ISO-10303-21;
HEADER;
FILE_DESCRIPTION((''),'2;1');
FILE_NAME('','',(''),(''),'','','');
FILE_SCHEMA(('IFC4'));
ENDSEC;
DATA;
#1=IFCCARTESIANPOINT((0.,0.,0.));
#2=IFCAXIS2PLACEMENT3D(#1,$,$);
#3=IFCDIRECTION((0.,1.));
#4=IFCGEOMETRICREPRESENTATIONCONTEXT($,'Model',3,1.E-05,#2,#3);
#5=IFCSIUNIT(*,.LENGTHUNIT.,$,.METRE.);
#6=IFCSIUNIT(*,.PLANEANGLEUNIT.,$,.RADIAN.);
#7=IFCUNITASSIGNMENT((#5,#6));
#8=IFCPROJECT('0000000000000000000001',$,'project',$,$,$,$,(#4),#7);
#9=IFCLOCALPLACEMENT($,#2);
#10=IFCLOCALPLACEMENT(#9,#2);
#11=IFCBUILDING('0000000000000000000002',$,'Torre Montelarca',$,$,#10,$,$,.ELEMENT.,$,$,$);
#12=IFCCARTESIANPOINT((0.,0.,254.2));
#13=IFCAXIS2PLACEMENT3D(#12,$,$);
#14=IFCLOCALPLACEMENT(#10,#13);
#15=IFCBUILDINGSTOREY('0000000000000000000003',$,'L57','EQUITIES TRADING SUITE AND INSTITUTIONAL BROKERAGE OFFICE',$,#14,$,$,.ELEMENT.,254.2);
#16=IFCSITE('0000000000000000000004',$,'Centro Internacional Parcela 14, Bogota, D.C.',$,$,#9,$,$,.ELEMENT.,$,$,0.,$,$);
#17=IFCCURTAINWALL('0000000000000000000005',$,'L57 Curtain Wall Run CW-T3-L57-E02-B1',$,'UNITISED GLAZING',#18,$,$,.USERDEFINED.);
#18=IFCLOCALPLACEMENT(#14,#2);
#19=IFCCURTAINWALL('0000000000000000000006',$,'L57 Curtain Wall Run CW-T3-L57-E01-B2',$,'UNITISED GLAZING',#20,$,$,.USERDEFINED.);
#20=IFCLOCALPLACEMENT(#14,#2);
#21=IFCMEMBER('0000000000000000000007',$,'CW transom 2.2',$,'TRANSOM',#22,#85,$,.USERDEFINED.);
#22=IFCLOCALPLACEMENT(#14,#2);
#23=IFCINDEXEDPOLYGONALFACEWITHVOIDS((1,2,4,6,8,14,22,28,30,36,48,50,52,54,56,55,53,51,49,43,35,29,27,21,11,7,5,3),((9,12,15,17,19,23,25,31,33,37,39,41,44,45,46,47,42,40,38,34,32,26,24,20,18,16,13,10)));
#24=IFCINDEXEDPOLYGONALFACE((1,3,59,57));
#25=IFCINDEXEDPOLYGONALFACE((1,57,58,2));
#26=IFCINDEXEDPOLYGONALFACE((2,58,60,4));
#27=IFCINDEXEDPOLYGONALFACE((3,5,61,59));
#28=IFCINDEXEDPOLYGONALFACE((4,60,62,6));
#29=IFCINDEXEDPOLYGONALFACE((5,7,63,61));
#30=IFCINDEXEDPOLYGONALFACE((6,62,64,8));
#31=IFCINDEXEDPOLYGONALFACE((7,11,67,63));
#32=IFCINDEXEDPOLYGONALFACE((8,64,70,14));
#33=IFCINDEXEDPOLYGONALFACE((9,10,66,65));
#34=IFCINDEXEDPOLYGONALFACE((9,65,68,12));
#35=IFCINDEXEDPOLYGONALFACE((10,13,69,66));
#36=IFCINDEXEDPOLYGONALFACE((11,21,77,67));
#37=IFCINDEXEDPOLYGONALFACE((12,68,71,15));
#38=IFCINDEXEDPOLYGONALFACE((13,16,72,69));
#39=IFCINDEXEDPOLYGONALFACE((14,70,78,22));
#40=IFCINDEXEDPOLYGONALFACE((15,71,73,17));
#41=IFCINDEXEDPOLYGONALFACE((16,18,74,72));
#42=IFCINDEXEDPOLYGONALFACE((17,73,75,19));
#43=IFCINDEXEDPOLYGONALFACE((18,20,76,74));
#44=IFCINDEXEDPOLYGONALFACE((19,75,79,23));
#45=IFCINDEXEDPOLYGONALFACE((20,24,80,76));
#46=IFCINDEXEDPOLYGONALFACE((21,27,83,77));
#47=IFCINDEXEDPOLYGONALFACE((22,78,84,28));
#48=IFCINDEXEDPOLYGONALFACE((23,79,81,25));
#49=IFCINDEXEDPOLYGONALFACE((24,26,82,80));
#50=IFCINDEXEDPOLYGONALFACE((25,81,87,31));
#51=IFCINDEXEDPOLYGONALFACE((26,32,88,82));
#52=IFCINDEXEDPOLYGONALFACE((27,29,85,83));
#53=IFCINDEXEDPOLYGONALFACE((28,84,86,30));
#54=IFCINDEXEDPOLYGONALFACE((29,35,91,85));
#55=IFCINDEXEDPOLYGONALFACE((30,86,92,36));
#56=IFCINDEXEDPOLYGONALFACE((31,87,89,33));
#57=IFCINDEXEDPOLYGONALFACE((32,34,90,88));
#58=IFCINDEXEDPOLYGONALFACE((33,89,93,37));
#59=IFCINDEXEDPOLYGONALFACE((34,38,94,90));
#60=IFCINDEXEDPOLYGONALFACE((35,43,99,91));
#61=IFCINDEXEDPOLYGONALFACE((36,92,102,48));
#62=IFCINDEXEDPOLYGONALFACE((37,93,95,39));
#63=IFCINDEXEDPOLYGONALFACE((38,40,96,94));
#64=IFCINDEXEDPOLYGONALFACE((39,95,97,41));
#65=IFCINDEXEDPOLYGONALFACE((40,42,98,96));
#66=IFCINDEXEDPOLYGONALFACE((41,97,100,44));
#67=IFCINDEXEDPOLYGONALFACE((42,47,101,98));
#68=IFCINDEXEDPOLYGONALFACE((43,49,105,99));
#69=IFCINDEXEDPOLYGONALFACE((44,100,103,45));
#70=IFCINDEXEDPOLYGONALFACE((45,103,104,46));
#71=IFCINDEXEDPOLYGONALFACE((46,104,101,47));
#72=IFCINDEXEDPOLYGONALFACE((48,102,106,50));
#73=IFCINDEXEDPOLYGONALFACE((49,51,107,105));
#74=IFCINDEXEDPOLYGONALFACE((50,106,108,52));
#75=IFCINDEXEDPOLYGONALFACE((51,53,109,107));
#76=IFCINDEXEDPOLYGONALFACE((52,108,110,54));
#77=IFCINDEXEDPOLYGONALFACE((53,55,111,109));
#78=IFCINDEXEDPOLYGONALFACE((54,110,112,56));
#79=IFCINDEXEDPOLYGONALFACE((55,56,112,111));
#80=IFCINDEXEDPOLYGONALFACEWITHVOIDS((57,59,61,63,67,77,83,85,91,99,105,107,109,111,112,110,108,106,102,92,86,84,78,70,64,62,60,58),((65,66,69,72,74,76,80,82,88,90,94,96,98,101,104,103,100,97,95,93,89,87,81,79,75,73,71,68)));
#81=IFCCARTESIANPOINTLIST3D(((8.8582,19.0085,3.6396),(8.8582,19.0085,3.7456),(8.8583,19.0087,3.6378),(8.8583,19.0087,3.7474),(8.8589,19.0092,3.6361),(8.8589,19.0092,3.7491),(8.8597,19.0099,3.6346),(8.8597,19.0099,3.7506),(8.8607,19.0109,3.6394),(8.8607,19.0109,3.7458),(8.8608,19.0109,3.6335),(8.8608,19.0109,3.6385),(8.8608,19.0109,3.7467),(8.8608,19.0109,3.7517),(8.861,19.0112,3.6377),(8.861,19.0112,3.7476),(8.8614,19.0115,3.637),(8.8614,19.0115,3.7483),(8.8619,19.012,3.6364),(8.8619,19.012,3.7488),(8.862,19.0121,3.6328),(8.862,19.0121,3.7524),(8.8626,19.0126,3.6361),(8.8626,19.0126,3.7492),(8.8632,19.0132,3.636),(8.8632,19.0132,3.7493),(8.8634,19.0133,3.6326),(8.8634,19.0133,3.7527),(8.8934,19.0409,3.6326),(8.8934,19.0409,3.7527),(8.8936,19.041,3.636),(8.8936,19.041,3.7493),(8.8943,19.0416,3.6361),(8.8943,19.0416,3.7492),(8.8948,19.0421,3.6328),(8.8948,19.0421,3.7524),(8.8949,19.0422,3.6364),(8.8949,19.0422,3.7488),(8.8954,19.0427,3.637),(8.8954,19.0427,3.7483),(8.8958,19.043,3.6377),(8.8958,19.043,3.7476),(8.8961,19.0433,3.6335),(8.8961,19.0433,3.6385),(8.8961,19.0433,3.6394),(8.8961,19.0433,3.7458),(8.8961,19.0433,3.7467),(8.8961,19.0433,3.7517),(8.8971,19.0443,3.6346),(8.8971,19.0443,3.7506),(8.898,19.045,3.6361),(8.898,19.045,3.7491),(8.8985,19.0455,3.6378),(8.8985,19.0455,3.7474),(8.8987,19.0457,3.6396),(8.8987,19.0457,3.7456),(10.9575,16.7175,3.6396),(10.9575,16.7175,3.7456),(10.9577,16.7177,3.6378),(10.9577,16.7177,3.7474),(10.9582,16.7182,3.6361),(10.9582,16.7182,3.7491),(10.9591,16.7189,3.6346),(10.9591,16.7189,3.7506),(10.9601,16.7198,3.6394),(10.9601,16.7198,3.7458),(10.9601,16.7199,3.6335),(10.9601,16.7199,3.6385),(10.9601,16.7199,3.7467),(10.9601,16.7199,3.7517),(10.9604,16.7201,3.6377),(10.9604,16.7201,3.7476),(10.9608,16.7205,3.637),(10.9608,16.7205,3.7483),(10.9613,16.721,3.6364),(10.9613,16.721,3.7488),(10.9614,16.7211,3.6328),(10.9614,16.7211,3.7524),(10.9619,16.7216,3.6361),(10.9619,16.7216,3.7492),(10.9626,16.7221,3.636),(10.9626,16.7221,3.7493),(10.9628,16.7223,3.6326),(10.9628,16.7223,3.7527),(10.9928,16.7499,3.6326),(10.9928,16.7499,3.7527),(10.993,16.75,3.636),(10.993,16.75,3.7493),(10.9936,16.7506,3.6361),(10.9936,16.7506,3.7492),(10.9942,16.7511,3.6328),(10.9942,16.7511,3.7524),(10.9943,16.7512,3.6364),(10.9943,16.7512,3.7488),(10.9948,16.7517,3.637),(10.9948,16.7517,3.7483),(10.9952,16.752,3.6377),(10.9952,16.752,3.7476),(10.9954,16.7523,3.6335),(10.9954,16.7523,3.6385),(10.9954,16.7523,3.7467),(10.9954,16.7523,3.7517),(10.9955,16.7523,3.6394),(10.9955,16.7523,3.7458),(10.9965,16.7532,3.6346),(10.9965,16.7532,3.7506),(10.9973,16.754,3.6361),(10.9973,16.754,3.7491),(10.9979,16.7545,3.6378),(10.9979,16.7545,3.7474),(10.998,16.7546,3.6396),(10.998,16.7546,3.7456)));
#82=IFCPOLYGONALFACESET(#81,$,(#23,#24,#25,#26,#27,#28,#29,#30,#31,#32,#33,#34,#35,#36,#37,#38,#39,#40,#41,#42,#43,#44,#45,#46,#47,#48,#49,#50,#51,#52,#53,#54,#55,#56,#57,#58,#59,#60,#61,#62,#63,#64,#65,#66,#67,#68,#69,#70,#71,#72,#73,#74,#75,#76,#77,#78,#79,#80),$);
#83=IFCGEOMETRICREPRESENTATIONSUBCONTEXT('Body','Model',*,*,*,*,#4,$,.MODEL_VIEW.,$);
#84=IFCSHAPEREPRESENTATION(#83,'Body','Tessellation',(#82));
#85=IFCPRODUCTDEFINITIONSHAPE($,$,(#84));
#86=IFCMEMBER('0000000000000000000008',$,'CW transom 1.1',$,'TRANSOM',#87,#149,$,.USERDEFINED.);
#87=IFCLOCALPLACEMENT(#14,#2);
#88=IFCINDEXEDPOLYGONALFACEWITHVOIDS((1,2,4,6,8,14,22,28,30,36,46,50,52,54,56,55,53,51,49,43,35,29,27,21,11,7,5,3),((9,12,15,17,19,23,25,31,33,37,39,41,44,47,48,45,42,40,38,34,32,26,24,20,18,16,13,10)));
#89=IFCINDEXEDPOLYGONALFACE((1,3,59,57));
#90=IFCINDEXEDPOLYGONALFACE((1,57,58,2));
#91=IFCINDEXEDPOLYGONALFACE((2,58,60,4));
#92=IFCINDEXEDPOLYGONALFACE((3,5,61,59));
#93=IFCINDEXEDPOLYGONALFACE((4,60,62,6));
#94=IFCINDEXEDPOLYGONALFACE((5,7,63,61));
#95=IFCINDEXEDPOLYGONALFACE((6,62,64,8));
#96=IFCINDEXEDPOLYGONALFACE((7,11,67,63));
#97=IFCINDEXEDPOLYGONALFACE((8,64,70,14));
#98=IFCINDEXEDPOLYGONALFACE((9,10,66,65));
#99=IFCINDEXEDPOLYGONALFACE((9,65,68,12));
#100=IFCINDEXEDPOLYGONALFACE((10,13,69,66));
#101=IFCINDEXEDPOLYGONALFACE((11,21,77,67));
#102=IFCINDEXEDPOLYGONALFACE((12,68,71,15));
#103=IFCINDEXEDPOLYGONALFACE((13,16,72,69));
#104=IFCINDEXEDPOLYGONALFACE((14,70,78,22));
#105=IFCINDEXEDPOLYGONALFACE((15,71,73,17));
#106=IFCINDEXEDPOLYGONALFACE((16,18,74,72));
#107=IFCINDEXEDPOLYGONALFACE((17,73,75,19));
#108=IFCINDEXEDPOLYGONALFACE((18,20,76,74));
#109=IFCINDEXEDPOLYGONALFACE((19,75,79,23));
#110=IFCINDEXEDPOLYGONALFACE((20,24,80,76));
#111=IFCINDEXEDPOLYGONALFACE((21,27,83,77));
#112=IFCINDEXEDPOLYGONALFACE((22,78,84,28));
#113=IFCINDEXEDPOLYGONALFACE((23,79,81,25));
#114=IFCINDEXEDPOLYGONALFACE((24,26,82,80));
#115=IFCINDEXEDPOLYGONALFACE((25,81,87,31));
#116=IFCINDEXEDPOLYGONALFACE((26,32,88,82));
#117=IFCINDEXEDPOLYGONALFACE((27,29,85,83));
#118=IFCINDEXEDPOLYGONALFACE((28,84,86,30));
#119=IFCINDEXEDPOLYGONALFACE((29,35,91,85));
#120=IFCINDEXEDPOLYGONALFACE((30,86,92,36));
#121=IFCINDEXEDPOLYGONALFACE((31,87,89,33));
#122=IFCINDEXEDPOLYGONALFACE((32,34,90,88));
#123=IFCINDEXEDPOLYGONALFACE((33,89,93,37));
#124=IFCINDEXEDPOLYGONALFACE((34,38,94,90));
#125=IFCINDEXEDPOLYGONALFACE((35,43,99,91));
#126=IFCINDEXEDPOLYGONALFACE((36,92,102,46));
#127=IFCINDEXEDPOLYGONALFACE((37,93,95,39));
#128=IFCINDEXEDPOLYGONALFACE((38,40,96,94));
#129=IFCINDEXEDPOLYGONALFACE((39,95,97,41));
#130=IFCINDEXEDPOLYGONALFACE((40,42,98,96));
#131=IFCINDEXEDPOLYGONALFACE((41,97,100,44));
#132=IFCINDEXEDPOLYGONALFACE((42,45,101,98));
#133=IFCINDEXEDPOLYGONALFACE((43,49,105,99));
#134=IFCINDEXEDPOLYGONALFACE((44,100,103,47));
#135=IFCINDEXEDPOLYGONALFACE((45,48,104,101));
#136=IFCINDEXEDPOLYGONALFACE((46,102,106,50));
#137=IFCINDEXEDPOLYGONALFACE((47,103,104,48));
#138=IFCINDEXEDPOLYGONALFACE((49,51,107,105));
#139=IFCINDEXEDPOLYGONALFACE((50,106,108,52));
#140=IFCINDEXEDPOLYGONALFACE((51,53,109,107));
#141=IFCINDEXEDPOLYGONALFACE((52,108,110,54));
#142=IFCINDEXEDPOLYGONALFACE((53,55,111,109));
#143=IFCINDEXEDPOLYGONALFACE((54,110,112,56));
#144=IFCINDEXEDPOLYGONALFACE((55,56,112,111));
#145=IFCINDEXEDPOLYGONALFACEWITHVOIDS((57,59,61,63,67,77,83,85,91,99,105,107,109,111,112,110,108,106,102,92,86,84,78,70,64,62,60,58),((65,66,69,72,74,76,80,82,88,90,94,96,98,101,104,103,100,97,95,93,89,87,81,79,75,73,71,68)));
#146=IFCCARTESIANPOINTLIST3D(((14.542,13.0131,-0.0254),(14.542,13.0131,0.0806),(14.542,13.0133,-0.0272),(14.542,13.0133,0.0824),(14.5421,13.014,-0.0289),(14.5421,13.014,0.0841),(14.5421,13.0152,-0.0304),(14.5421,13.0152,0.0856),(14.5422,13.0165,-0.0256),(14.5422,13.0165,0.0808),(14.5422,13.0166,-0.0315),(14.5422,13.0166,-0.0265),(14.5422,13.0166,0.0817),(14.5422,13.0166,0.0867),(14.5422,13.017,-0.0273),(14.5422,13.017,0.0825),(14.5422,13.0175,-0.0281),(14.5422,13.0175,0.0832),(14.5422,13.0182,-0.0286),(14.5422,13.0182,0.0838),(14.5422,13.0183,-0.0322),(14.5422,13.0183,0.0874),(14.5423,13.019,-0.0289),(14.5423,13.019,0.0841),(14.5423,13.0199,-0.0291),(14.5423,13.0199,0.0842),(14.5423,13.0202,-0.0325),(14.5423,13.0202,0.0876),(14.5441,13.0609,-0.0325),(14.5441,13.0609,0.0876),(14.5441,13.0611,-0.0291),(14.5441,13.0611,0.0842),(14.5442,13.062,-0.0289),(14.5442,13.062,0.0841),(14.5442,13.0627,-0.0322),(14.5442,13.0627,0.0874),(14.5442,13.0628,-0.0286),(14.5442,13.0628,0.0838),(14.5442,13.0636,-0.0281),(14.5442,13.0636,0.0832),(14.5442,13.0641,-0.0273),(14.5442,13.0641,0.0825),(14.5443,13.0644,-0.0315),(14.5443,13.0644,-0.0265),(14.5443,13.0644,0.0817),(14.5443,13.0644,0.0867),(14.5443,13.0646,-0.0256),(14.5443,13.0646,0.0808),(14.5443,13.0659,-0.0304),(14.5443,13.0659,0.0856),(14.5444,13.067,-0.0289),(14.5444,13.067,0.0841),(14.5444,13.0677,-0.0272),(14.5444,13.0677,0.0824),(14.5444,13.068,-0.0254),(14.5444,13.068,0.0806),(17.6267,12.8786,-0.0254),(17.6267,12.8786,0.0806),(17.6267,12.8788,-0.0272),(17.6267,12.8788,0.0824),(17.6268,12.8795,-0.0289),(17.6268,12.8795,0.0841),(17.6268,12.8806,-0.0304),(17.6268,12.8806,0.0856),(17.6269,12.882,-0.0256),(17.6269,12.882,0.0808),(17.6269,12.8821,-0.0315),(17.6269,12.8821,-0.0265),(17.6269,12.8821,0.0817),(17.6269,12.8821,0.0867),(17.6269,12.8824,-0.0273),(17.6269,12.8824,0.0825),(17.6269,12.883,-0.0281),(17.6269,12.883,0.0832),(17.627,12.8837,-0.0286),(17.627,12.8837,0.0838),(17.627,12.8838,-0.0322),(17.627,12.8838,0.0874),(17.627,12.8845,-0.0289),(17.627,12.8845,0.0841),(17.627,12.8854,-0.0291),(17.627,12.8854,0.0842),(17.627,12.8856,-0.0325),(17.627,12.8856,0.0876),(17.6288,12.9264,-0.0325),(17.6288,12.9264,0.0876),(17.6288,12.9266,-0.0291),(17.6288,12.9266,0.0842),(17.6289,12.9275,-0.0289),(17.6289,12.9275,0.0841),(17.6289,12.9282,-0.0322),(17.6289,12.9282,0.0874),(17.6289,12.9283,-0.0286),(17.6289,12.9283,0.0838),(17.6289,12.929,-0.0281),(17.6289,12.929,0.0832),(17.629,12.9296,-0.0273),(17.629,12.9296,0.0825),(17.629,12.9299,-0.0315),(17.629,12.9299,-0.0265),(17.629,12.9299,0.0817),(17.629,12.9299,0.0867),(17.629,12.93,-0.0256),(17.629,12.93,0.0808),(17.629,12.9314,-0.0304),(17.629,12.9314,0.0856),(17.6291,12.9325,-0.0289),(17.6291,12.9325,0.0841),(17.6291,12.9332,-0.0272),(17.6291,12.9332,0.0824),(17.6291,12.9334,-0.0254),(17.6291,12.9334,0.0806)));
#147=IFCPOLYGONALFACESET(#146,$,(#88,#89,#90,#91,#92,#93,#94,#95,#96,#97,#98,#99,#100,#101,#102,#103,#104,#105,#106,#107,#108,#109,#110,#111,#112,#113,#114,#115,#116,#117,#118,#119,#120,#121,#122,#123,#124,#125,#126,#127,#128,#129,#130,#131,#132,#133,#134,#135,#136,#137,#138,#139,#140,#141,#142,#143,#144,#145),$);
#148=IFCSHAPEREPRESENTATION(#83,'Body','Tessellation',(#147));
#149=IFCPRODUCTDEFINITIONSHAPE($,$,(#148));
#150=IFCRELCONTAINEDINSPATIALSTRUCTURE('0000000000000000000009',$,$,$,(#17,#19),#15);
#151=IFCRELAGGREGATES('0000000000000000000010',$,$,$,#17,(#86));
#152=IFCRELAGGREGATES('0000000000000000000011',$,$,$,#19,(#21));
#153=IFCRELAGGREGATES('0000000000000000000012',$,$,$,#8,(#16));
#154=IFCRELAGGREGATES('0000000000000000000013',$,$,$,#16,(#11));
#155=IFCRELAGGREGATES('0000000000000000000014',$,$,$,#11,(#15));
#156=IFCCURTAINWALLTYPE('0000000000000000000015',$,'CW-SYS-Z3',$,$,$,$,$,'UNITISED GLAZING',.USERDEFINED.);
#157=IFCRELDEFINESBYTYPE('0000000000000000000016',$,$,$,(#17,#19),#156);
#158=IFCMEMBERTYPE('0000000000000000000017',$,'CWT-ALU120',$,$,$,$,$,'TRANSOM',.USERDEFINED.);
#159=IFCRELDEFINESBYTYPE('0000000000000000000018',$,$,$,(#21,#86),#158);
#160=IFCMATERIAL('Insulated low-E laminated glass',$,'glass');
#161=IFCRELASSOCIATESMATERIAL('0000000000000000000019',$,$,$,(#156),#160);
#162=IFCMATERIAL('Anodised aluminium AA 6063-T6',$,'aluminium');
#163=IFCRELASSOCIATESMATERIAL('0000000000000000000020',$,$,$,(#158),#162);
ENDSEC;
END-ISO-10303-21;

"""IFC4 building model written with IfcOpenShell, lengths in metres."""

from ifc_helpers import new_model, si_unit, direction, frame, origin, origin_2d, place, context, subcontext, project, spatial, hollow_rectangle, extrude, source, transform, mapped, material, material_profile, profile_set, type_object, element, aggregate, save


model = new_model("IFC4")

# Units and contexts
model_context = context("Model", 3, precision=1e-05, world=origin(), true_north=direction((0.0, 1.0)))
body_context = subcontext(model_context, "Body", "Model", "MODEL_VIEW")
ifc_project = project(units=[si_unit("LENGTHUNIT", "METRE"), si_unit("PLANEANGLEUNIT", "RADIAN")], contexts=[model_context])

# Site, building, storey
site_placement = place(None, origin())
site = spatial("IfcSite", under=ifc_project, at=site_placement, Name="Centro Internacional Parcela 14, Bogota, D.C.", CompositionType="ELEMENT", RefElevation=0.0)
building_placement = place(site_placement, origin())
building = spatial("IfcBuilding", under=site, at=building_placement, Name="Torre Montelarca", CompositionType="ELEMENT")
storey_placement = place(building_placement, frame((0.0, 0.0, 254.2)))
storey = spatial("IfcBuildingStorey", under=building, at=storey_placement, Name="L57", Description="EQUITIES TRADING SUITE AND INSTITUTIONAL BROKERAGE OFFICE", CompositionType="ELEMENT", Elevation=254.2)

# Curtain wall
ifc_material_1 = material(Name="Insulated low-E laminated glass", Category="glass")
curtain_wall_type = type_object("IfcCurtainWallType", Name="CW-SYS-Z3", ElementType="UNITISED GLAZING", PredefinedType="USERDEFINED", material=ifc_material_1)
curtain_wall_1_placement = place(storey_placement, origin())
curtain_wall_1 = element("IfcCurtainWall", 1, at=curtain_wall_1_placement, inside=storey, type_object=curtain_wall_type, Name="L57 Curtain Wall Run CW-T3-L57-E02-B1", ObjectType="UNITISED GLAZING", PredefinedType="USERDEFINED")
ifc_material_2 = material(Name="Anodised aluminium AA 6063-T6", Category="aluminium")
ifc_material_profile_1 = material_profile(ifc_material_2, hollow_rectangle(XDim=0.0549, YDim=0.1201, WallThickness=0.0034, InnerFilletRadius=0.0034, OuterFilletRadius=0.0071, at=origin_2d()), Name="ALU55X120X3.5", Category="aluminium")
ifc_profile_set_1 = profile_set([ifc_material_profile_1], Name="Anodised aluminium AA 6063-T6")
member_type_1 = type_object("IfcMemberType", Name="CWT-ALU120", ElementType="TRANSOM", PredefinedType="USERDEFINED", material=ifc_profile_set_1)

# Curtain wall
curtain_wall_2_placement = place(storey_placement, origin())
curtain_wall_2 = element("IfcCurtainWall", 2, at=curtain_wall_2_placement, inside=storey, type_object=curtain_wall_type, Name="L57 Curtain Wall Run CW-T3-L57-E01-B2", ObjectType="UNITISED GLAZING", PredefinedType="USERDEFINED")

# Members
shared_shape_1 = source(origin(), body_context, "Body", "SweptSolid", [
    extrude(hollow_rectangle(XDim=0.0549, YDim=0.1201, WallThickness=0.0034, InnerFilletRadius=0.0034, OuterFilletRadius=0.0071, at=origin_2d()), origin(), (0.0, 0.0, 1.0), 3.1074),
])
member_1_placement = place(storey_placement, frame((8.8784, 19.0271, 3.6926), z_axis=(0.675597, -0.737272, 0.0), x_axis=(0.737272, 0.675597, 0.0)))
member_1 = element("IfcMember", 3, at=member_1_placement, type_object=member_type_1, Name="CW transom 2.2", ObjectType="TRANSOM", PredefinedType="USERDEFINED", context=body_context, shape_type="MappedRepresentation", body=[
    mapped(shared_shape_1, transform((0.0, 0.0, 0.0), scale=1.0)),
])
shared_shape_2 = source(origin(), body_context, "Body", "SweptSolid", [
    extrude(hollow_rectangle(XDim=0.0549, YDim=0.1201, WallThickness=0.0034, InnerFilletRadius=0.0034, OuterFilletRadius=0.0071, at=origin_2d()), origin(), (0.0, 0.0, 1.0), 3.0876),
])
member_2_placement = place(storey_placement, frame((14.5432, 13.0405, 0.0276), z_axis=(0.99905, -0.043568, 0.0), x_axis=(0.043568, 0.99905, 0.0)))
member_2 = element("IfcMember", 4, at=member_2_placement, type_object=member_type_1, Name="CW transom 1.1", ObjectType="TRANSOM", PredefinedType="USERDEFINED", context=body_context, shape_type="MappedRepresentation", body=[
    mapped(shared_shape_2, transform((0.0, 0.0, 0.0), scale=1.0)),
])

aggregate(curtain_wall_1, [member_2])
aggregate(curtain_wall_2, [member_1])

save(model, "model.ifc")
